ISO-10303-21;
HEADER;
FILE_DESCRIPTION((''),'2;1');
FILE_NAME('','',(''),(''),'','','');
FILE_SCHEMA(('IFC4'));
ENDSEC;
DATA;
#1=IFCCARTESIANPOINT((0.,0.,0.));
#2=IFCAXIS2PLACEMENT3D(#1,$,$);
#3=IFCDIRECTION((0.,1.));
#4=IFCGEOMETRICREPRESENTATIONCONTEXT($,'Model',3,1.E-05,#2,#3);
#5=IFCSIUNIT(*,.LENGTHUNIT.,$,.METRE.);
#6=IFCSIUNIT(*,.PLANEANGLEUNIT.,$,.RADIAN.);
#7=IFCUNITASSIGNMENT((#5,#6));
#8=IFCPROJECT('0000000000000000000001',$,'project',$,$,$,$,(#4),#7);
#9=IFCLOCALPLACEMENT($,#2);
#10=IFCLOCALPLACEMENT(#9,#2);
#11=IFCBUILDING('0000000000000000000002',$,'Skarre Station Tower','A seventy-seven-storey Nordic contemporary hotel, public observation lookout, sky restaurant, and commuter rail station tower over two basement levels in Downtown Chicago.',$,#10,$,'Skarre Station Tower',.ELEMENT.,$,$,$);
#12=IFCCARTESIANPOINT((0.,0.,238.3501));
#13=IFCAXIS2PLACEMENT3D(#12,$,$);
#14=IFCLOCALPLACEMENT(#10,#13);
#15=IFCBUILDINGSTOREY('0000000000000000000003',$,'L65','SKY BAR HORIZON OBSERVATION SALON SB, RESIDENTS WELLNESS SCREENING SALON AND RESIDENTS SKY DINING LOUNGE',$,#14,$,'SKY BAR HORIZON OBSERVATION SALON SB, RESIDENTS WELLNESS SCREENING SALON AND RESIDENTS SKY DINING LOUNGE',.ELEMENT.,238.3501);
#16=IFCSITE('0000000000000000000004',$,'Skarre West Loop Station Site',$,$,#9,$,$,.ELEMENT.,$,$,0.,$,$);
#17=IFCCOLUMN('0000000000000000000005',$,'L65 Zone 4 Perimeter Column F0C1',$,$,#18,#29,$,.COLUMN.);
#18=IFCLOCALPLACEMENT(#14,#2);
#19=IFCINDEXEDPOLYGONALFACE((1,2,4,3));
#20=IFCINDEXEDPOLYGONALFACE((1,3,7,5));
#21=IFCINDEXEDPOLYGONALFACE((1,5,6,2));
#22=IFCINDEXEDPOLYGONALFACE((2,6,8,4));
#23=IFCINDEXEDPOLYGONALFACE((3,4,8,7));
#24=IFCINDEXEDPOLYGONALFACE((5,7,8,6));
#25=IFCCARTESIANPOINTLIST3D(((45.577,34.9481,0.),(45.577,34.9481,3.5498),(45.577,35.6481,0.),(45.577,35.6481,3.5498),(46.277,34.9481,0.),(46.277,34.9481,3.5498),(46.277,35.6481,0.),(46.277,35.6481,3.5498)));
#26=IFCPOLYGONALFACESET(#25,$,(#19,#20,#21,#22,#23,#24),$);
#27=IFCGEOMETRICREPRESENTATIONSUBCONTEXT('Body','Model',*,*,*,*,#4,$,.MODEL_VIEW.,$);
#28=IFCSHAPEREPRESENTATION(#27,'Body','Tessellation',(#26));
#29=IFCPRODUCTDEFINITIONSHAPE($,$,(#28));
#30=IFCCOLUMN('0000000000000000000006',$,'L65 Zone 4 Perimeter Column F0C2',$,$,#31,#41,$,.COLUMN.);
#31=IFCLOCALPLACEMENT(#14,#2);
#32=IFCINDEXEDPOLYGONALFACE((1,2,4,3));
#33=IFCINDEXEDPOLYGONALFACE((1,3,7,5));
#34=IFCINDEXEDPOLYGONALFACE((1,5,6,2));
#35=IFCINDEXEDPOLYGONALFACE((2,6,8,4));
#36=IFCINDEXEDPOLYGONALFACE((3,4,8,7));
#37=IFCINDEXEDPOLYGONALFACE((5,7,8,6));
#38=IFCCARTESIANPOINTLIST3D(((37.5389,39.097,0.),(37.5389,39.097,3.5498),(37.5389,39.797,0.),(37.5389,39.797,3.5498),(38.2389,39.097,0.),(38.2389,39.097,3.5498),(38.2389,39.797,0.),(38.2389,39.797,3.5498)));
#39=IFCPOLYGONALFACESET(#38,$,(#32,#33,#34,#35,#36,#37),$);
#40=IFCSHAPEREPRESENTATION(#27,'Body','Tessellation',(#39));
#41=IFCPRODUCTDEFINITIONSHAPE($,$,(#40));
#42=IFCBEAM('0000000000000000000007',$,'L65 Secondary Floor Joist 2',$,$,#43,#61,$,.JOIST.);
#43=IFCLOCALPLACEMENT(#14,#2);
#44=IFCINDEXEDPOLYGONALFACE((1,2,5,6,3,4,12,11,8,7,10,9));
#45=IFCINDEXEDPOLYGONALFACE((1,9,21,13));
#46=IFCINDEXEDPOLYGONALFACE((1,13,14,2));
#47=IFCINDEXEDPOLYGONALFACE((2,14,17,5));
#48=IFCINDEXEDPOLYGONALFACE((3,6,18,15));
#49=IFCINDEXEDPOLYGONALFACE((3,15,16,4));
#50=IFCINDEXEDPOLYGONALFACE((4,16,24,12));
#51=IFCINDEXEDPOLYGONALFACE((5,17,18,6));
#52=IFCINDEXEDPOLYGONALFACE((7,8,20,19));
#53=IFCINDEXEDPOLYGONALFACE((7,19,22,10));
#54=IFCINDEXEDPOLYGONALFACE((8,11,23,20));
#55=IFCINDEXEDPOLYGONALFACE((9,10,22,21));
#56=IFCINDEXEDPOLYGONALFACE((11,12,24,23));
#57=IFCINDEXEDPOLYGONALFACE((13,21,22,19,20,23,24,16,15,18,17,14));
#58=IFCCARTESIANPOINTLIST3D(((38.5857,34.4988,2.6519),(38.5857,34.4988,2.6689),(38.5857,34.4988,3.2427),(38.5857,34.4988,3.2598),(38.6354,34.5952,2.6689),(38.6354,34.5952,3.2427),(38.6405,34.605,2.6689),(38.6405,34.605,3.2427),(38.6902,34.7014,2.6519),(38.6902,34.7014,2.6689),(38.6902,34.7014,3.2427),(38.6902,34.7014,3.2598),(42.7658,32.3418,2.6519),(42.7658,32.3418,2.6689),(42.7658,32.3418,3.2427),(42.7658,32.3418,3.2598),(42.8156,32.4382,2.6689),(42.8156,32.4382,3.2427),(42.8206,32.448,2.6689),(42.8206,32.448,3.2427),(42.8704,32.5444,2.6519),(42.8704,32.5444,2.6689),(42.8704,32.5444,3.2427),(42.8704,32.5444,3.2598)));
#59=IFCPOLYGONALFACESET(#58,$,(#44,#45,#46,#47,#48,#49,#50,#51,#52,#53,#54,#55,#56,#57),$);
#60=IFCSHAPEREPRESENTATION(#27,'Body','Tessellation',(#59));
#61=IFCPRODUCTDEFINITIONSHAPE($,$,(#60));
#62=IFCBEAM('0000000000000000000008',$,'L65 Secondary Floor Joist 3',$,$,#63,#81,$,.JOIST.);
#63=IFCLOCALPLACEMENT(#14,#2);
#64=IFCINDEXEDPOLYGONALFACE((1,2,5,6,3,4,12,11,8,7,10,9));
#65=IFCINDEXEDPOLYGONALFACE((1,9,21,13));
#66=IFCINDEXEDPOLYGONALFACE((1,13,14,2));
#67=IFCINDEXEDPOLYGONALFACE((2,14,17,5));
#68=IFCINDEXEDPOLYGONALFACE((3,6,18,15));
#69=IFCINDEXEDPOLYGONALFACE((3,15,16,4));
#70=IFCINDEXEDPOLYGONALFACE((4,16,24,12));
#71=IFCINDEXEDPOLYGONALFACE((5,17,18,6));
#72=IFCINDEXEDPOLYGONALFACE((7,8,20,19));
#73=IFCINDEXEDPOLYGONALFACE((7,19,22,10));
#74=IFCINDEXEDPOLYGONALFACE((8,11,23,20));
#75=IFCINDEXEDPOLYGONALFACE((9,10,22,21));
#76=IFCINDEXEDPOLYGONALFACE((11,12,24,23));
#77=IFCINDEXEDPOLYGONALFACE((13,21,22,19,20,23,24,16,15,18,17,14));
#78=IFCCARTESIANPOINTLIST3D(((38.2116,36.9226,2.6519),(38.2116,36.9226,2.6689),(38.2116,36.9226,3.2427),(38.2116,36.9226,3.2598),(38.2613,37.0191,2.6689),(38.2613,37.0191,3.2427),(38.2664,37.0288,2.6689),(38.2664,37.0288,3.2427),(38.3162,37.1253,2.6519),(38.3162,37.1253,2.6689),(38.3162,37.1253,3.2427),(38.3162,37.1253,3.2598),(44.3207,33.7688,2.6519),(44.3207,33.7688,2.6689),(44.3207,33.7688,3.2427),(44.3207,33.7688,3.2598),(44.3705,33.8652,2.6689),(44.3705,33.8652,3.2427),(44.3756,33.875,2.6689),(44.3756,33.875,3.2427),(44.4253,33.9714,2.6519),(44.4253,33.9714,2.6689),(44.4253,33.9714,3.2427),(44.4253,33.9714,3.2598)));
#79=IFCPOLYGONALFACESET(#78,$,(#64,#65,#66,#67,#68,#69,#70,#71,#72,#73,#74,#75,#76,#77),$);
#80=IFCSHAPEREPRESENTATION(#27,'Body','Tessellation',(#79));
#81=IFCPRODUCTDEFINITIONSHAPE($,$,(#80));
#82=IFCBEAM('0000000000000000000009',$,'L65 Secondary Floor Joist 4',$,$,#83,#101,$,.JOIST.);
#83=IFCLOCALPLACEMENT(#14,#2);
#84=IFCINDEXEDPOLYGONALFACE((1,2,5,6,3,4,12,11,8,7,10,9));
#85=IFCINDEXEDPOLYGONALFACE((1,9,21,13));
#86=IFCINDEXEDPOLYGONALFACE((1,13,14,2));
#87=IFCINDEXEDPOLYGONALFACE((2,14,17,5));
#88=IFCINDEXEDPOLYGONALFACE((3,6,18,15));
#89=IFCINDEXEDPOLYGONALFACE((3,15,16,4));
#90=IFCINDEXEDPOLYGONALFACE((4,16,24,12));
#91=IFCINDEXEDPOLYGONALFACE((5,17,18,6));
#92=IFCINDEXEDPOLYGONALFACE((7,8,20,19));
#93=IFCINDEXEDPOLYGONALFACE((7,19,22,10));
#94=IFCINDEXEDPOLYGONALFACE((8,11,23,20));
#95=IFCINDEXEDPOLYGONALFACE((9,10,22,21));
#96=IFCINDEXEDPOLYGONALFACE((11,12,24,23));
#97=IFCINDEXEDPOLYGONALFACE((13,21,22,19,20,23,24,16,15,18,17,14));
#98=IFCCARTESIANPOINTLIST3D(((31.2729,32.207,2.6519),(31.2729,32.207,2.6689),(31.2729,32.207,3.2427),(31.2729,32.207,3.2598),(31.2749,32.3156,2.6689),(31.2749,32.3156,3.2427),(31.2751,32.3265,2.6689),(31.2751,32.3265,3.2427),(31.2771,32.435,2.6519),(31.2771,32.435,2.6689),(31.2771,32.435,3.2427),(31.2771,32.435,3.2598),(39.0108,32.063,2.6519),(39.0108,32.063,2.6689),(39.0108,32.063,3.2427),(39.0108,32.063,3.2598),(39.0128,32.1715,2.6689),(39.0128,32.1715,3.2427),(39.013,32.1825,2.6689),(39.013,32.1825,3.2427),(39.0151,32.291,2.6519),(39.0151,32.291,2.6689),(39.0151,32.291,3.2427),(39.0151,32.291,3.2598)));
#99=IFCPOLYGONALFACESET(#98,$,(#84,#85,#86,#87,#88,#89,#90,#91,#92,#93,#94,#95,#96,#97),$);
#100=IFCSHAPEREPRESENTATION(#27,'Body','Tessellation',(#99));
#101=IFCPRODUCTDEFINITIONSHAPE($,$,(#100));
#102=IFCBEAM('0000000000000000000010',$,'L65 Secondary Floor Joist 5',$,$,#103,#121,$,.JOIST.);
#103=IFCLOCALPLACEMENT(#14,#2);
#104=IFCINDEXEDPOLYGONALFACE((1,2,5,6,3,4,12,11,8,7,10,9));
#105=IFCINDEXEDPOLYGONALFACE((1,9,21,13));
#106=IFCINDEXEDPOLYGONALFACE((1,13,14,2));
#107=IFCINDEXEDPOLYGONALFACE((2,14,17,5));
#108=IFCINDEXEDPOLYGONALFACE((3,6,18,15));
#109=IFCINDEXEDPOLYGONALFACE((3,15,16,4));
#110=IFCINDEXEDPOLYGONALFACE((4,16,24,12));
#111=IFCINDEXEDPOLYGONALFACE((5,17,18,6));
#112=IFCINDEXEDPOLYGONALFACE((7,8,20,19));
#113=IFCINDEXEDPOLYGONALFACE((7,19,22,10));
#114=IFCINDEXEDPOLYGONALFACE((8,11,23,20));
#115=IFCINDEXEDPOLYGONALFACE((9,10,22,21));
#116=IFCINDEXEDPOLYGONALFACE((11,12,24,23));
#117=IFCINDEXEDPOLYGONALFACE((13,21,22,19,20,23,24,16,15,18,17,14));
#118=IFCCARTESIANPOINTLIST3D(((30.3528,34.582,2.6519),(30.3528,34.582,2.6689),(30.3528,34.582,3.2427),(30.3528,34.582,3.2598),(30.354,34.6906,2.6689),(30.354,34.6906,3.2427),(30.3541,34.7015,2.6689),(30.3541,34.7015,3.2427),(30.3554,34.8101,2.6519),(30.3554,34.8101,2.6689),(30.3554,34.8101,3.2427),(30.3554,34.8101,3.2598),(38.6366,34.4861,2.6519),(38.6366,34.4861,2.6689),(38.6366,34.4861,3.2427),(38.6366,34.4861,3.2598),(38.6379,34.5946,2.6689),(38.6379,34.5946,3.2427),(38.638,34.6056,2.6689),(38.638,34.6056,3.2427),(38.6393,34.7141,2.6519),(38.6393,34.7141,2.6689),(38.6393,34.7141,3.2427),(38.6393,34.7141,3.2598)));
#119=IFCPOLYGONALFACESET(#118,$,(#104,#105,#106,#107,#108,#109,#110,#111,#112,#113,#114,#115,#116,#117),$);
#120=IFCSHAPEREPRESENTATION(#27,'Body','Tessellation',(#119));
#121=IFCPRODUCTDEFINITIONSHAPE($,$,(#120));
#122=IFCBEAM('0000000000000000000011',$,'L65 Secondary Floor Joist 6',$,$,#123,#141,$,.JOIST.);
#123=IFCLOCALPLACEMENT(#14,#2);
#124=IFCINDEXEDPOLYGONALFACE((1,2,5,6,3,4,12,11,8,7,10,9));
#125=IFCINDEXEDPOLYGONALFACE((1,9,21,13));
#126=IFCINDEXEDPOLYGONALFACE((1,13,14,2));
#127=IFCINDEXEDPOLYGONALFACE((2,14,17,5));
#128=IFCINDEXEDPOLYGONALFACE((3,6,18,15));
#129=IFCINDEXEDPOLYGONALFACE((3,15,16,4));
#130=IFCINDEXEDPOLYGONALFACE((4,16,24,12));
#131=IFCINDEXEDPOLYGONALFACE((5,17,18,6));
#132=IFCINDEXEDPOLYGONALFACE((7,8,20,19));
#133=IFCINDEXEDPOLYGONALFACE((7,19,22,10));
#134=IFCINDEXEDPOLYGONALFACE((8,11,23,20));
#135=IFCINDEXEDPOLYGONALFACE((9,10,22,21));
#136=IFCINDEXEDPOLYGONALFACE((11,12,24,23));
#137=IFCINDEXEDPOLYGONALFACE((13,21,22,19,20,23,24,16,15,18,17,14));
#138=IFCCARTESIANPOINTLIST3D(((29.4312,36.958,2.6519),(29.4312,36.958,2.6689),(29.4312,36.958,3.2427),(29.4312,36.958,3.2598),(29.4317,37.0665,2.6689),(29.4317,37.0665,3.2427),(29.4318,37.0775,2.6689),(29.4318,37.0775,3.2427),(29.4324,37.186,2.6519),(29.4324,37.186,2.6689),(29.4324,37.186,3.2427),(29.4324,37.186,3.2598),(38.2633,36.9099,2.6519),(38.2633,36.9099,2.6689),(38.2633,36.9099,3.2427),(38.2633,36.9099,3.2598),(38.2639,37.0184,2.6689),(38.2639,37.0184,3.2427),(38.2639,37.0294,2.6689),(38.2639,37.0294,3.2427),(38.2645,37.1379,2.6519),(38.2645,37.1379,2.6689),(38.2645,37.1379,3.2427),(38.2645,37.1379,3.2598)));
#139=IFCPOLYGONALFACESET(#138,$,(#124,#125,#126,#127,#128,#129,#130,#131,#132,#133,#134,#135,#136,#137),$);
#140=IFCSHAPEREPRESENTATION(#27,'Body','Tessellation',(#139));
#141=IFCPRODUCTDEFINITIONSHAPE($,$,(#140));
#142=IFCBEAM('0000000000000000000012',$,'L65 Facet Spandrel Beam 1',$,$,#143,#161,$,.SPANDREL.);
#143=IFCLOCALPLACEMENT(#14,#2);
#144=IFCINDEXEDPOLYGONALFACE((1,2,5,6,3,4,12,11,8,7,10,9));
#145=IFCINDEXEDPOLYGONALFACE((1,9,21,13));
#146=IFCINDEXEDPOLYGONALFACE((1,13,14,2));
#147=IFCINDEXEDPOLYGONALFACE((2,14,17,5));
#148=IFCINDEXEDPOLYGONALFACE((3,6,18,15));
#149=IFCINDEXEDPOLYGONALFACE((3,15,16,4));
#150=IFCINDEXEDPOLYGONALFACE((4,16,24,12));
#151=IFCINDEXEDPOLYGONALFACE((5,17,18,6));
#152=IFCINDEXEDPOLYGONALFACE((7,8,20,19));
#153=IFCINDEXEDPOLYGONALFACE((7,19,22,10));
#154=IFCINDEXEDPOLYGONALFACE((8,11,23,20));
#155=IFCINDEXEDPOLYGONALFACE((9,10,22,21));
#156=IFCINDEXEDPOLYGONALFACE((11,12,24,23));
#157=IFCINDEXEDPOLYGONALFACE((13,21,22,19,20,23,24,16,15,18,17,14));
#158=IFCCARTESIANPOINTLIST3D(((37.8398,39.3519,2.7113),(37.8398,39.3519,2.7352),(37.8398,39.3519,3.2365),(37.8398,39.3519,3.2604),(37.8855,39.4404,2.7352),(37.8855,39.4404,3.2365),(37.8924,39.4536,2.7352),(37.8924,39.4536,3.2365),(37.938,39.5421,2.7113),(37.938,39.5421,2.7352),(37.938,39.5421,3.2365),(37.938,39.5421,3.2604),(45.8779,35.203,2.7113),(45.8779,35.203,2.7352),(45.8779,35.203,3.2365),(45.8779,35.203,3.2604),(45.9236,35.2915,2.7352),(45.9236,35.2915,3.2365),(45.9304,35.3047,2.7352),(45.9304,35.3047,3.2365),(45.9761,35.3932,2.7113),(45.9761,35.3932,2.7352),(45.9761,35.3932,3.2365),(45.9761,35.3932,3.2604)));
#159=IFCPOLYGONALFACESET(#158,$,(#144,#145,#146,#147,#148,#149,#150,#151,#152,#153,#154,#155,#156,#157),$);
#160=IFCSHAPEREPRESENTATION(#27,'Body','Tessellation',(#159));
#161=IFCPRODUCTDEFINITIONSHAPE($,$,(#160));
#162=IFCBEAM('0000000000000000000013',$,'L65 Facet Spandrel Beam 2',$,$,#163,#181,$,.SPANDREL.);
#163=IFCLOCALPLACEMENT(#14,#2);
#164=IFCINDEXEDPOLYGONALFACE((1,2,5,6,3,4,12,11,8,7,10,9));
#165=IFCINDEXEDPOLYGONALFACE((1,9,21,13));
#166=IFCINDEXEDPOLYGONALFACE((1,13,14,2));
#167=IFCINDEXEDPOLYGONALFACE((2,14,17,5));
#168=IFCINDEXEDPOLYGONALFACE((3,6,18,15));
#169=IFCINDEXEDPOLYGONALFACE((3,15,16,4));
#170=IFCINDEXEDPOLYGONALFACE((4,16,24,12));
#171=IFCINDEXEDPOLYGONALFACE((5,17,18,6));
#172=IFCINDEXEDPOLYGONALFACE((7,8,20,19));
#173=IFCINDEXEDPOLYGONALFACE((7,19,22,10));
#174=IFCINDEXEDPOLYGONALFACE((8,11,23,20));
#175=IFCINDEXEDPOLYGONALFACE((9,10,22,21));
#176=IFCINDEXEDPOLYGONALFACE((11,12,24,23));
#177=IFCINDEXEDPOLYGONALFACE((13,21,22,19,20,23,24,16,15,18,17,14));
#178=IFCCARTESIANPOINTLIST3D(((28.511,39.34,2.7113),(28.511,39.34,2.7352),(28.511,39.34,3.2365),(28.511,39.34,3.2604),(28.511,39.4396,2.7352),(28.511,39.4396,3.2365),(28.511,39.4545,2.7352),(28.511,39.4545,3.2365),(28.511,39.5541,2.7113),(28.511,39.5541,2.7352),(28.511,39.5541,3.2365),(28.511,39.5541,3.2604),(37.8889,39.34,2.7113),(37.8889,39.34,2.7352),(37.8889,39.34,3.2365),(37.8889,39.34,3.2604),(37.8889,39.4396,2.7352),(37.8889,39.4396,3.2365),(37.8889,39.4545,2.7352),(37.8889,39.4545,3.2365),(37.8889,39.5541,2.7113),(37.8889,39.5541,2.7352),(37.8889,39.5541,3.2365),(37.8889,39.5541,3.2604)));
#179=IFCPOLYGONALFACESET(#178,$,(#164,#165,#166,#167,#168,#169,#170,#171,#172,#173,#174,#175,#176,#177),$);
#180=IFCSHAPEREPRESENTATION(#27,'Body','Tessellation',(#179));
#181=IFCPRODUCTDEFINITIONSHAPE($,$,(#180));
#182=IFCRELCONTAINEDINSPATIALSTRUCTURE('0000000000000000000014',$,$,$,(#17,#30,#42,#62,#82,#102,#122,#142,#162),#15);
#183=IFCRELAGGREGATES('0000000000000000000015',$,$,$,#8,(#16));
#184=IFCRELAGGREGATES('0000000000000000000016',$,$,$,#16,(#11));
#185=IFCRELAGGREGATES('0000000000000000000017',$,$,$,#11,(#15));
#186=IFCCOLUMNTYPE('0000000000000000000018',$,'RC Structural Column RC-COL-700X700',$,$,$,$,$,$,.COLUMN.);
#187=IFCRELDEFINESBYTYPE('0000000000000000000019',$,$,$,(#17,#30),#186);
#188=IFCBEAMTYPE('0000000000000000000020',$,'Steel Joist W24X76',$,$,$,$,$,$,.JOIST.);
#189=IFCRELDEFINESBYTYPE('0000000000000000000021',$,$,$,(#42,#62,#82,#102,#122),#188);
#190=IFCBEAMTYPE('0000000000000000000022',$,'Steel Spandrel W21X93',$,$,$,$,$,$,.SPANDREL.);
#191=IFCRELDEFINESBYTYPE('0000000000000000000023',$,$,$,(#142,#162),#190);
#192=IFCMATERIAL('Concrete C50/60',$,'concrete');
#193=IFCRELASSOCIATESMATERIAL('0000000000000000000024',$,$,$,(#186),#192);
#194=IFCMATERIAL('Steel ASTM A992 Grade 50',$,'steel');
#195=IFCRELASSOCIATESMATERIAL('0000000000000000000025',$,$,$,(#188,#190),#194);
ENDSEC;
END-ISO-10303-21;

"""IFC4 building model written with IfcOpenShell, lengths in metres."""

from ifc_helpers import new_model, si_unit, direction, frame, origin, origin_2d, place, context, subcontext, project, spatial, rectangle, i_section, extrude, material, material_profile, profile_set, type_object, element, save


model = new_model("IFC4")

# Units and contexts
model_context = context("Model", 3, precision=1e-05, world=origin(), true_north=direction((0.0, 1.0)))
body_context = subcontext(model_context, "Body", "Model", "MODEL_VIEW")
ifc_project = project(units=[si_unit("LENGTHUNIT", "METRE"), si_unit("PLANEANGLEUNIT", "RADIAN")], contexts=[model_context])

# Site, building, storey
site_placement = place(None, origin())
site = spatial("IfcSite", under=ifc_project, at=site_placement, Name="Skarre West Loop Station Site", CompositionType="ELEMENT", RefElevation=0.0)
building_placement = place(site_placement, origin())
building = spatial("IfcBuilding", under=site, at=building_placement, Name="Skarre Station Tower", Description="A seventy-seven-storey Nordic contemporary hotel, public observation lookout, sky restaurant, and commuter rail station tower over two basement levels in Downtown Chicago.", LongName="Skarre Station Tower", CompositionType="ELEMENT")
storey_placement = place(building_placement, frame((0.0, 0.0, 238.3501)))
storey = spatial("IfcBuildingStorey", under=building, at=storey_placement, Name="L65", Description="SKY BAR HORIZON OBSERVATION SALON SB, RESIDENTS WELLNESS SCREENING SALON AND RESIDENTS SKY DINING LOUNGE", LongName="SKY BAR HORIZON OBSERVATION SALON SB, RESIDENTS WELLNESS SCREENING SALON AND RESIDENTS SKY DINING LOUNGE", CompositionType="ELEMENT", Elevation=238.3501)

# Columns
ifc_material_1 = material(Name="Concrete C50/60", Category="concrete")
ifc_material_profile_1 = material_profile(ifc_material_1, rectangle(XDim=0.7, YDim=0.7, at=origin_2d()), Name="Concrete C50/60")
ifc_profile_set_1 = profile_set([ifc_material_profile_1], Name="Concrete C50/60")
column_type = type_object("IfcColumnType", Name="RC Structural Column RC-COL-700X700", PredefinedType="COLUMN", material=ifc_profile_set_1)
for number, where, z_axis, x_axis, name in (
    (1, (45.927, 35.2981, 0.0), (0.0, 0.0, 1.0), (1.0, 0.0, 0.0), "L65 Zone 4 Perimeter Column F0C1"),
    (2, (37.8889, 39.447, 0.0), (0.0, 0.0, 1.0), (1.0, 0.0, 0.0), "L65 Zone 4 Perimeter Column F0C2"),
):
    element("IfcColumn", number, at=place(storey_placement, frame(where, z_axis=z_axis, x_axis=x_axis)), inside=storey, type_object=column_type, Name=name, PredefinedType="COLUMN", context=body_context, shape_type="SweptSolid", body=[
        extrude(rectangle(XDim=0.7, YDim=0.7, at=origin_2d()), origin(), (0.0, 0.0, 1.0), 3.5498),
    ])

# Beams
ifc_material_2 = material(Name="Steel ASTM A992 Grade 50", Category="steel")
ifc_material_profile_2 = material_profile(ifc_material_2, i_section(OverallWidth=0.228, OverallDepth=0.6079, WebThickness=0.011, FlangeThickness=0.0171, at=origin_2d()), Name="Steel ASTM A992 Grade 50")
ifc_profile_set_2 = profile_set([ifc_material_profile_2], Name="Steel ASTM A992 Grade 50")
beam_type_1 = type_object("IfcBeamType", Name="Steel Joist W24X76", PredefinedType="JOIST", material=ifc_profile_set_2)
beam_1_placement = place(storey_placement, frame((42.8181, 32.4431, 2.9558), z_axis=(-0.888666, 0.458554, 0.0), x_axis=(-0.458554, -0.888666, 0.0)))
element("IfcBeam", 3, at=beam_1_placement, inside=storey, type_object=beam_type_1, Name="L65 Secondary Floor Joist 2", PredefinedType="JOIST", context=body_context, shape_type="SweptSolid", body=[
    extrude(i_section(OverallWidth=0.228, OverallDepth=0.6079, WebThickness=0.011, FlangeThickness=0.0171, at=origin_2d()), origin(), (0.0, 0.0, 1.0), 4.7039),
])
beam_2_placement = place(storey_placement, frame((44.373, 33.8701, 2.9558), z_axis=(-0.888579, 0.458724, 0.0), x_axis=(-0.458724, -0.888579, 0.0)))
element("IfcBeam", 4, at=beam_2_placement, inside=storey, type_object=beam_type_1, Name="L65 Secondary Floor Joist 3", PredefinedType="JOIST", context=body_context, shape_type="SweptSolid", body=[
    extrude(i_section(OverallWidth=0.228, OverallDepth=0.6079, WebThickness=0.011, FlangeThickness=0.0171, at=origin_2d()), origin(), (0.0, 0.0, 1.0), 6.8752),
])
beam_3_placement = place(storey_placement, frame((39.0129, 32.177, 2.9558), z_axis=(-0.999827, 0.018612, 0.0), x_axis=(-0.018612, -0.999827, 0.0)))
element("IfcBeam", 5, at=beam_3_placement, inside=storey, type_object=beam_type_1, Name="L65 Secondary Floor Joist 4", PredefinedType="JOIST", context=body_context, shape_type="SweptSolid", body=[
    extrude(i_section(OverallWidth=0.228, OverallDepth=0.6079, WebThickness=0.011, FlangeThickness=0.0171, at=origin_2d()), origin(), (0.0, 0.0, 1.0), 7.7393),
])
beam_4_placement = place(storey_placement, frame((38.6379, 34.6001, 2.9558), z_axis=(-0.999933, 0.011582, 0.0), x_axis=(-0.011582, -0.999933, 0.0)))
element("IfcBeam", 6, at=beam_4_placement, inside=storey, type_object=beam_type_1, Name="L65 Secondary Floor Joist 5", PredefinedType="JOIST", context=body_context, shape_type="SweptSolid", body=[
    extrude(i_section(OverallWidth=0.228, OverallDepth=0.6079, WebThickness=0.011, FlangeThickness=0.0171, at=origin_2d()), origin(), (0.0, 0.0, 1.0), 8.2844),
])
beam_5_placement = place(storey_placement, frame((38.2639, 37.0239, 2.9558), z_axis=(-0.999985, 0.005446, 0.0), x_axis=(-0.005446, -0.999985, 0.0)))
element("IfcBeam", 7, at=beam_5_placement, inside=storey, type_object=beam_type_1, Name="L65 Secondary Floor Joist 6", PredefinedType="JOIST", context=body_context, shape_type="SweptSolid", body=[
    extrude(i_section(OverallWidth=0.228, OverallDepth=0.6079, WebThickness=0.011, FlangeThickness=0.0171, at=origin_2d()), origin(), (0.0, 0.0, 1.0), 8.8323),
])
ifc_material_profile_3 = material_profile(ifc_material_2, i_section(OverallWidth=0.2141, OverallDepth=0.5491, WebThickness=0.0149, FlangeThickness=0.0239, at=origin_2d()), Name="Steel ASTM A992 Grade 50")
ifc_profile_set_3 = profile_set([ifc_material_profile_3], Name="Steel ASTM A992 Grade 50")
beam_type_2 = type_object("IfcBeamType", Name="Steel Spandrel W21X93", PredefinedType="SPANDREL", material=ifc_profile_set_3)
beam_6_placement = place(storey_placement, frame((45.927, 35.2981, 2.9858), z_axis=(-0.88861, 0.458664, 0.0), x_axis=(-0.458664, -0.88861, 0.0)))
element("IfcBeam", 8, at=beam_6_placement, inside=storey, type_object=beam_type_2, Name="L65 Facet Spandrel Beam 1", PredefinedType="SPANDREL", context=body_context, shape_type="SweptSolid", body=[
    extrude(i_section(OverallWidth=0.2141, OverallDepth=0.5491, WebThickness=0.0149, FlangeThickness=0.0239, at=origin_2d()), origin(), (0.0, 0.0, 1.0), 9.0457),
])
beam_7_placement = place(storey_placement, frame((37.8889, 39.447, 2.9858), z_axis=(-1.0, 0.0, 0.0), x_axis=(0.0, -1.0, 0.0)))
element("IfcBeam", 9, at=beam_7_placement, inside=storey, type_object=beam_type_2, Name="L65 Facet Spandrel Beam 2", PredefinedType="SPANDREL", context=body_context, shape_type="SweptSolid", body=[
    extrude(i_section(OverallWidth=0.2141, OverallDepth=0.5491, WebThickness=0.0149, FlangeThickness=0.0239, at=origin_2d()), origin(), (0.0, 0.0, 1.0), 9.3779),
])

save(model, "model.ifc")
